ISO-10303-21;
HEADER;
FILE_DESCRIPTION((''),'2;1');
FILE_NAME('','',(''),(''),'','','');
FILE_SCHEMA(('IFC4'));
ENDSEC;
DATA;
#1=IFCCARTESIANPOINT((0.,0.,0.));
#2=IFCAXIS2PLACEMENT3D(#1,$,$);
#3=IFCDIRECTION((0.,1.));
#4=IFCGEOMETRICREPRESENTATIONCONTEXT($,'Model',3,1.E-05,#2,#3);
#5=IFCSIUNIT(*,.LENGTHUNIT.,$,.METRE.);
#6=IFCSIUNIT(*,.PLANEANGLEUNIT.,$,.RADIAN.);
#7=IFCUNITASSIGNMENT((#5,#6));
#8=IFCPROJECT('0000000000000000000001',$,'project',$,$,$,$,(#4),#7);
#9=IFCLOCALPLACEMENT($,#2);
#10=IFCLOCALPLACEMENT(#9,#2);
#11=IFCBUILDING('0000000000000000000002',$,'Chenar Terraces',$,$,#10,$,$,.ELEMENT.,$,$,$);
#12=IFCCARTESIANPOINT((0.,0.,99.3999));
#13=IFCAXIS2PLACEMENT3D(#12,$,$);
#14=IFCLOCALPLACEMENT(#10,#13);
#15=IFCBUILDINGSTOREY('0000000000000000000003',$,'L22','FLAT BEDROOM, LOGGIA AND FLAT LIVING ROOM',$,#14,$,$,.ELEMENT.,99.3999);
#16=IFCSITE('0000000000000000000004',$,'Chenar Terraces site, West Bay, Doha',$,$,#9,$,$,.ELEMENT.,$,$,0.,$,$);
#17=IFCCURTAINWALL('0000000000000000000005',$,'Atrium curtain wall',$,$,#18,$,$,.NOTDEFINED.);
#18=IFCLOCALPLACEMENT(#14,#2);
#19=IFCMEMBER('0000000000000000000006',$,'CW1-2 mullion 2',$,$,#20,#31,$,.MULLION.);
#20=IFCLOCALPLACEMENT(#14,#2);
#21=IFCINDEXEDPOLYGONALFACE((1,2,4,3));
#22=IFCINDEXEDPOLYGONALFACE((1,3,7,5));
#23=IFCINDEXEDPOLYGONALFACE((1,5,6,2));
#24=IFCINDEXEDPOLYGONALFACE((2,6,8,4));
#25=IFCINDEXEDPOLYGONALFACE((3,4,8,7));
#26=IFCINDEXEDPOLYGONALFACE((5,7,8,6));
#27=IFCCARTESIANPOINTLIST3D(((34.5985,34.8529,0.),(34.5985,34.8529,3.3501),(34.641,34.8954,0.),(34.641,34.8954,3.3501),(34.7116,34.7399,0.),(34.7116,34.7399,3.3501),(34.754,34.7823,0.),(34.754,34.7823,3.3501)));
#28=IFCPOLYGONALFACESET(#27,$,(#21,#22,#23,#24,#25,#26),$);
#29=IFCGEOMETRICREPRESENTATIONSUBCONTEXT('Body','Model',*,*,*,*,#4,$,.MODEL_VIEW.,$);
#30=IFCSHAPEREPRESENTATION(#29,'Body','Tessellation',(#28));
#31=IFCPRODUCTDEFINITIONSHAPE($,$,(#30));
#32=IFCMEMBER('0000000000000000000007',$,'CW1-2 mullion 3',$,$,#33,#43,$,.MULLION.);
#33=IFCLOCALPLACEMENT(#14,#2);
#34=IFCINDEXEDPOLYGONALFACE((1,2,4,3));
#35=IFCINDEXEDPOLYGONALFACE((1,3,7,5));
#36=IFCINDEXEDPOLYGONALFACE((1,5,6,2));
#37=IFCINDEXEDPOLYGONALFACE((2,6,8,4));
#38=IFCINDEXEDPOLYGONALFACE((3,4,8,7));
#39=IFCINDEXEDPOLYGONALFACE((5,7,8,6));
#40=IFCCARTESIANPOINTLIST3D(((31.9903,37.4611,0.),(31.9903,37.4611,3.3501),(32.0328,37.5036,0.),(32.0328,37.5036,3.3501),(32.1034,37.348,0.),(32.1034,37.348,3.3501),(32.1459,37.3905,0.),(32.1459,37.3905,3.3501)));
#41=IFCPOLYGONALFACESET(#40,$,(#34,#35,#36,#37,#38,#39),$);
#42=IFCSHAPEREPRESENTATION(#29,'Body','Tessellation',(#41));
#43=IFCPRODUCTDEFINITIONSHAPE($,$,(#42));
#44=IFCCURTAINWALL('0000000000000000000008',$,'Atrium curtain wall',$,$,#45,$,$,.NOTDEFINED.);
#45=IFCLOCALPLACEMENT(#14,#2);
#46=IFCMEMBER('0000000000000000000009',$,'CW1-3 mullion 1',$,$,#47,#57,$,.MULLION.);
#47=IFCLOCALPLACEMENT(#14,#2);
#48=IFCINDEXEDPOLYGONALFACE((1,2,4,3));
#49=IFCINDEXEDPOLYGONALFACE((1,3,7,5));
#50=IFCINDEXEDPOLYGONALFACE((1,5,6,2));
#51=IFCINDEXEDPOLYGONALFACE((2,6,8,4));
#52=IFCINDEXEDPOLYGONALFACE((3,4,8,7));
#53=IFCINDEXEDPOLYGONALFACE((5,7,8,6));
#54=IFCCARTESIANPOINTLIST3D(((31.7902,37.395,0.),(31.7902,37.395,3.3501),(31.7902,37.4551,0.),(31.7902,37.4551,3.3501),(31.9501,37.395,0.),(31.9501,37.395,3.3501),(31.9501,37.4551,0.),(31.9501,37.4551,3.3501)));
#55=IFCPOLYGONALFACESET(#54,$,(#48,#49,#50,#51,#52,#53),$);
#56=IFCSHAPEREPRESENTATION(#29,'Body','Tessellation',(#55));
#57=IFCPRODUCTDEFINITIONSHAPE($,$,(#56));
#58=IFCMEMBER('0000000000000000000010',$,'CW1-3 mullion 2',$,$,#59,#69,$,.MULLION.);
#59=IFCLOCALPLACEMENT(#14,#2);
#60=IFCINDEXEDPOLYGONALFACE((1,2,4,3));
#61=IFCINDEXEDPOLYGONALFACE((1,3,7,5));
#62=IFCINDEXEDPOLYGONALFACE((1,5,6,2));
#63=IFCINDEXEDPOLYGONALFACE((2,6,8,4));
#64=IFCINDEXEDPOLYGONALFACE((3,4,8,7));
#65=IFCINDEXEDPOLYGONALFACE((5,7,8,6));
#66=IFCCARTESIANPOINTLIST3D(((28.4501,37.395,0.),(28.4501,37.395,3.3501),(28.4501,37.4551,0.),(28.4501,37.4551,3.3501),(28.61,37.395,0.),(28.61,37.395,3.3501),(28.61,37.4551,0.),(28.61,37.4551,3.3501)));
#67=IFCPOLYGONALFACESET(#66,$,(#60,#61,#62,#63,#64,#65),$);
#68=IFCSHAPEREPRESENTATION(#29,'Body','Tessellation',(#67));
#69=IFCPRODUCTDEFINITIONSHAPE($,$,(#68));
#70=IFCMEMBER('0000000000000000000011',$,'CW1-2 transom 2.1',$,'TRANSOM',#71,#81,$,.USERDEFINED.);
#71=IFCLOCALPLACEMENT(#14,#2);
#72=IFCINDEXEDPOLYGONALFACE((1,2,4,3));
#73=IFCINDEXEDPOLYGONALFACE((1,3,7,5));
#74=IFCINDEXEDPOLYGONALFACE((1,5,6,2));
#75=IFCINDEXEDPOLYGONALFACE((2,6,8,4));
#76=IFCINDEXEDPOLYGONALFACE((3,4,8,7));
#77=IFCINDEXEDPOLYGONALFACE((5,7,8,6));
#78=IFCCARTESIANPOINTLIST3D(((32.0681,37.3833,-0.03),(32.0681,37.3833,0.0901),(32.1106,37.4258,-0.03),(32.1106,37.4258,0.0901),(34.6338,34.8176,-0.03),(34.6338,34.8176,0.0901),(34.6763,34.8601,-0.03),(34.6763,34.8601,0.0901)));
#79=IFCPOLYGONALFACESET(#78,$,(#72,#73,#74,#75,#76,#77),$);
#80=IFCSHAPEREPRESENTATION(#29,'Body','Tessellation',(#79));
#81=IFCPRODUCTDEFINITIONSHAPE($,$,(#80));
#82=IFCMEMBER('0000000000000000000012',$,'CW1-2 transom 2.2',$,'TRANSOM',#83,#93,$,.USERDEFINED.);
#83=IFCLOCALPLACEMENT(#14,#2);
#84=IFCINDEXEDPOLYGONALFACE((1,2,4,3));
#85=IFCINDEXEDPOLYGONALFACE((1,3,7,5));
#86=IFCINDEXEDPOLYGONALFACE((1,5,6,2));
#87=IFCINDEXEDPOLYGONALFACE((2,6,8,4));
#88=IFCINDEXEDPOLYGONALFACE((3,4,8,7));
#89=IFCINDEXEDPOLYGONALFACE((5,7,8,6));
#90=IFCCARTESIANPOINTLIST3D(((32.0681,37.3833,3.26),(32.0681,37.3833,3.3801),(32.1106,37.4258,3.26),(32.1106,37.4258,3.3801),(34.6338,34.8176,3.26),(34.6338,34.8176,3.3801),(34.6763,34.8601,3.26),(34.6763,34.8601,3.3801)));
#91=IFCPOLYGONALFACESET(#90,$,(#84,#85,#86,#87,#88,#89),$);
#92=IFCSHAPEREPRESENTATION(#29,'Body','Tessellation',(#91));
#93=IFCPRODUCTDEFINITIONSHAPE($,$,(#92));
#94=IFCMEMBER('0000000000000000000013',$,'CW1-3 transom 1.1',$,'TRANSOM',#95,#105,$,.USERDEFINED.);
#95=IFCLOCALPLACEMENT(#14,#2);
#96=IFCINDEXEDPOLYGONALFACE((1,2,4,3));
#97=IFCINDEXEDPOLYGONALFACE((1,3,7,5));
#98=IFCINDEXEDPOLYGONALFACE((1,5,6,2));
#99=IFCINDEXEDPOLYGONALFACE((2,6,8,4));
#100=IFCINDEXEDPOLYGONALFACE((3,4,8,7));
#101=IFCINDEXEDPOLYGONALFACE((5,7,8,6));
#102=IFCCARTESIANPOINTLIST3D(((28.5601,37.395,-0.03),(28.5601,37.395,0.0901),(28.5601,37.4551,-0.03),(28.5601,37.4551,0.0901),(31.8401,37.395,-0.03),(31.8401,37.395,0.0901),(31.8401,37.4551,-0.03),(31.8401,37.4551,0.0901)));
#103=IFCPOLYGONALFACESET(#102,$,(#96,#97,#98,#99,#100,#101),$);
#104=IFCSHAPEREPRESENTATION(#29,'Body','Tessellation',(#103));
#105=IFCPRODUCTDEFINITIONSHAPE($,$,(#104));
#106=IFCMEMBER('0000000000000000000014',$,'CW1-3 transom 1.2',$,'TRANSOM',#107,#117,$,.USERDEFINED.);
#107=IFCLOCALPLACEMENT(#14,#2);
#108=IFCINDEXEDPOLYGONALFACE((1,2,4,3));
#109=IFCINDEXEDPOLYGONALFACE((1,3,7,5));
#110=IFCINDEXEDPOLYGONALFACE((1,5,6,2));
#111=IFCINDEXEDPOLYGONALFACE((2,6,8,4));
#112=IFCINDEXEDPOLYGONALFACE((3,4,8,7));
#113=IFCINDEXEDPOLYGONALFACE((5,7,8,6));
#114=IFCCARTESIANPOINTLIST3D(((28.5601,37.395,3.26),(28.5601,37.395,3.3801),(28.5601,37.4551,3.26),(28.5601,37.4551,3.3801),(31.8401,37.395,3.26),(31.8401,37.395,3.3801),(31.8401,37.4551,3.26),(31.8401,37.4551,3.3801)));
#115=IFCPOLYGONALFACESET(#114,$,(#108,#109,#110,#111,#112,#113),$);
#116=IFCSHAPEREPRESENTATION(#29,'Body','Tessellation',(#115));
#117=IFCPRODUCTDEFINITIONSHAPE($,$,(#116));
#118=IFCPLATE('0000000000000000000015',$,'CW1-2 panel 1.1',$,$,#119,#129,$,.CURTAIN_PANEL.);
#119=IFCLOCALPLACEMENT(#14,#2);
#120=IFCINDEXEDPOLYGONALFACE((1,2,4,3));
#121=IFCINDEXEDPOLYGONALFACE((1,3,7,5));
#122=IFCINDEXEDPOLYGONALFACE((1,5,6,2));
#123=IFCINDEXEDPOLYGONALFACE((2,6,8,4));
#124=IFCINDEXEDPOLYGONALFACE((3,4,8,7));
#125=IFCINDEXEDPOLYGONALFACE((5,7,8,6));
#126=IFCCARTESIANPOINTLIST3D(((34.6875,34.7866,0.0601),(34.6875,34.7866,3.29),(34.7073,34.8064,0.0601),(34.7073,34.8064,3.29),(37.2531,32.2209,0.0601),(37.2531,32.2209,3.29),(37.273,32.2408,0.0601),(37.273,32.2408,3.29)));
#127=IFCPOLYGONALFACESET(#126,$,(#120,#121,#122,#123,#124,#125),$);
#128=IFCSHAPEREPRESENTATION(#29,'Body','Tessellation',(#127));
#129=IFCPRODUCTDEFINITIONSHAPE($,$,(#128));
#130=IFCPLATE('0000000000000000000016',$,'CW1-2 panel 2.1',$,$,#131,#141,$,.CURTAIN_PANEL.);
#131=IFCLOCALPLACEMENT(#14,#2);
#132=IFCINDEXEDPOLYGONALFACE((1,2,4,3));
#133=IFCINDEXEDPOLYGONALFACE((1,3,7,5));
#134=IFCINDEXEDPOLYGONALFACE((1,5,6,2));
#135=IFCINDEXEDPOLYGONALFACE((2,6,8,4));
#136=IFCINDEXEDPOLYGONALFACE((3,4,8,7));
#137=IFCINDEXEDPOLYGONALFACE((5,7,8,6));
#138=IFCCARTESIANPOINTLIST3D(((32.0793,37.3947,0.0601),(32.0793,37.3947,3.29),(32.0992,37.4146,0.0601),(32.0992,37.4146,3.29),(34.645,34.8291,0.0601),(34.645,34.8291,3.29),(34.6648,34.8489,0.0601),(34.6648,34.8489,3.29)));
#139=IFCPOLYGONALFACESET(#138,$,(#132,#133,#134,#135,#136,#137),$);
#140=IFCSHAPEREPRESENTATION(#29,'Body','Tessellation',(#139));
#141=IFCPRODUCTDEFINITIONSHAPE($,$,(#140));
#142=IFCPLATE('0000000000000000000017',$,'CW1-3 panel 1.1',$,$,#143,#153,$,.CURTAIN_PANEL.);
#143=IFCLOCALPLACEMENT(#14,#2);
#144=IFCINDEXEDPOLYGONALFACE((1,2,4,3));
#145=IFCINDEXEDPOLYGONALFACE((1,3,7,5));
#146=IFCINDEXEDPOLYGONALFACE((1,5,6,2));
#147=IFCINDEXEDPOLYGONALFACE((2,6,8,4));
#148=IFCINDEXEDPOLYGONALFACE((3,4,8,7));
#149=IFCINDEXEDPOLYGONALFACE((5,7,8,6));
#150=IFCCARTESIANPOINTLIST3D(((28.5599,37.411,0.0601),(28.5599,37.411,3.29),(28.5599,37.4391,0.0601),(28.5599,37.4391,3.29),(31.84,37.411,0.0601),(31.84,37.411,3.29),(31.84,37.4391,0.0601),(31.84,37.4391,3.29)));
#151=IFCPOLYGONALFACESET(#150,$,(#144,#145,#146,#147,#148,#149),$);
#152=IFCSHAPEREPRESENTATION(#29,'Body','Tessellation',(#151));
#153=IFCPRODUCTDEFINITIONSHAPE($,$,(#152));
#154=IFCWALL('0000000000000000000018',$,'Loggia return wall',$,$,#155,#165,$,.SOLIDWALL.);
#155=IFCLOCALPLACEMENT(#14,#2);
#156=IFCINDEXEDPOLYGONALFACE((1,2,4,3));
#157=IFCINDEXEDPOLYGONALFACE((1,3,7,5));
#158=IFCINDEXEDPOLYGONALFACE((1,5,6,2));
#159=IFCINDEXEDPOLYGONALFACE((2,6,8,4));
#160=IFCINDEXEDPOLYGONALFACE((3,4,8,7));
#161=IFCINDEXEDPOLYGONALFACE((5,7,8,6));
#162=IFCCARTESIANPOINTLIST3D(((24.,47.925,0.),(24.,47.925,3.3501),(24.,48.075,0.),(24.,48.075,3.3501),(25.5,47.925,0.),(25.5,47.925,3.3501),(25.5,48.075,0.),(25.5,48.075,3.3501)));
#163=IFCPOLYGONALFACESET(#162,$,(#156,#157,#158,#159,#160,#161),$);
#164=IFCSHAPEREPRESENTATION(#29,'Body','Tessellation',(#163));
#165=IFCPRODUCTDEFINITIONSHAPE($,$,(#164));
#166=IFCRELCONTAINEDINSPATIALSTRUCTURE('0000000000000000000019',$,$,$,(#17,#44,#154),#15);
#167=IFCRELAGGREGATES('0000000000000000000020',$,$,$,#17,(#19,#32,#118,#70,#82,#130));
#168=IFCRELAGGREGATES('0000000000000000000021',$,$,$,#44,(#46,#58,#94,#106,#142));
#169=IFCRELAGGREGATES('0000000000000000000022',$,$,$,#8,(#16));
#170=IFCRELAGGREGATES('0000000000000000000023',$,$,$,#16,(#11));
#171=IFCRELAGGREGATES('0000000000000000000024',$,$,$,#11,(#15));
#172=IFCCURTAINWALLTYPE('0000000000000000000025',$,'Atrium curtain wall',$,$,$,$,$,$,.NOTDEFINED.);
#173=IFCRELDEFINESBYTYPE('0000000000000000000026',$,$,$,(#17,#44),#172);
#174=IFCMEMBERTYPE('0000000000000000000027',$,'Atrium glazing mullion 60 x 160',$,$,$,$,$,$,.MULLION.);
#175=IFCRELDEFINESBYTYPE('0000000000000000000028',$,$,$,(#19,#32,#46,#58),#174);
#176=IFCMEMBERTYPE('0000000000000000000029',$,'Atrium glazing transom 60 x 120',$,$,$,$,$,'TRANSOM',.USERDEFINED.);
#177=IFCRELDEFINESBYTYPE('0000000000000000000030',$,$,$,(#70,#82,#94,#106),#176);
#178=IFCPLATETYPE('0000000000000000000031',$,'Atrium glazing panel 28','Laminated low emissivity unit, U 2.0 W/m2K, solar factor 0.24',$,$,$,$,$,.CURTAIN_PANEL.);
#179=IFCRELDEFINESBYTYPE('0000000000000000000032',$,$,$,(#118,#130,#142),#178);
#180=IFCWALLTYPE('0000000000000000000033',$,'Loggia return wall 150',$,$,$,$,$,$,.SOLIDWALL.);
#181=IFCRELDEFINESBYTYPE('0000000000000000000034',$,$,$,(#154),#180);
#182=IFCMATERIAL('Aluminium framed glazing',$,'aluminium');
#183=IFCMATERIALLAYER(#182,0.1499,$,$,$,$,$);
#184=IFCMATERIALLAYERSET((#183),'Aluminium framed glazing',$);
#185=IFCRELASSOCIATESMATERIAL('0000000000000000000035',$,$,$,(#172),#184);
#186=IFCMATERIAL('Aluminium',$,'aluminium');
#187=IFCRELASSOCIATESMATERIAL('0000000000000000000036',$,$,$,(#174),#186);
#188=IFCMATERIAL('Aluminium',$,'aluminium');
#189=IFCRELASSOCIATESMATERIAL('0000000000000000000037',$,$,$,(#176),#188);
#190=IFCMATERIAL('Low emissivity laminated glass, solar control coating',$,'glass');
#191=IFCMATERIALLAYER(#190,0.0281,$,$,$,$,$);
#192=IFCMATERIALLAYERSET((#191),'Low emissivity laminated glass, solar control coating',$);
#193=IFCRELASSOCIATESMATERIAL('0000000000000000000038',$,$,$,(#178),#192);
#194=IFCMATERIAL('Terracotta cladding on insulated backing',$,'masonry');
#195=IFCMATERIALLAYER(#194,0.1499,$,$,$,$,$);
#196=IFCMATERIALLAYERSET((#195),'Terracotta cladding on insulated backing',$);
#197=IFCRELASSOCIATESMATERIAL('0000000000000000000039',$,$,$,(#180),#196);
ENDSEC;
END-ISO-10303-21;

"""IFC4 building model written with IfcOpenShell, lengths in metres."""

from ifc_helpers import new_model, si_unit, direction, frame, frame_2d, origin, origin_2d, place, context, subcontext, project, spatial, rectangle, extrude, material, layer, layer_set, material_profile, profile_set, type_object, element, aggregate, save


model = new_model("IFC4")

# Units and contexts
model_context = context("Model", 3, precision=1e-05, world=origin(), true_north=direction((0.0, 1.0)))
body_context = subcontext(model_context, "Body", "Model", "MODEL_VIEW")
ifc_project = project(units=[si_unit("LENGTHUNIT", "METRE"), si_unit("PLANEANGLEUNIT", "RADIAN")], contexts=[model_context])

# Site, building, storey
site_placement = place(None, origin())
site = spatial("IfcSite", under=ifc_project, at=site_placement, Name="Chenar Terraces site, West Bay, Doha", CompositionType="ELEMENT", RefElevation=0.0)
building_placement = place(site_placement, origin())
building = spatial("IfcBuilding", under=site, at=building_placement, Name="Chenar Terraces", CompositionType="ELEMENT")
storey_placement = place(building_placement, frame((0.0, 0.0, 99.3999)))
storey = spatial("IfcBuildingStorey", under=building, at=storey_placement, Name="L22", Description="FLAT BEDROOM, LOGGIA AND FLAT LIVING ROOM", CompositionType="ELEMENT", Elevation=99.3999)

# Curtain walls, members
ifc_material_1 = material(Name="Aluminium framed glazing", Category="aluminium")
ifc_layer_1 = layer(ifc_material_1, 0.1499)
ifc_layer_set_1 = layer_set([ifc_layer_1], Name="Aluminium framed glazing")
curtain_wall_type = type_object("IfcCurtainWallType", Name="Atrium curtain wall", PredefinedType="NOTDEFINED", material=ifc_layer_set_1)
placement = place(storey_placement, origin())
curtain_wall_1 = element("IfcCurtainWall", 1, at=placement, inside=storey, type_object=curtain_wall_type, Name="Atrium curtain wall", PredefinedType="NOTDEFINED")
ifc_material_2 = material(Name="Aluminium", Category="aluminium")
ifc_material_profile_1 = material_profile(ifc_material_2, rectangle(XDim=0.0601, YDim=0.1599, at=origin_2d()), Name="Atrium glazing mullion 60 x 160")
ifc_profile_set_1 = profile_set([ifc_material_profile_1], Name="Aluminium")
member_type_1 = type_object("IfcMemberType", Name="Atrium glazing mullion 60 x 160", PredefinedType="MULLION", material=ifc_profile_set_1)
member_1_placement = place(storey_placement, frame((34.6763, 34.8176, 0.0), z_axis=(0.0, 0.0, 1.0), x_axis=(-0.707107, -0.707107, 0.0)))
member_1 = element("IfcMember", 2, at=member_1_placement, type_object=member_type_1, Name="CW1-2 mullion 2", PredefinedType="MULLION", context=body_context, shape_type="SweptSolid", body=[
    extrude(rectangle(XDim=0.0601, YDim=0.1599, at=origin_2d()), origin(), (0.0, 0.0, 1.0), 3.3501),
])
member_2_placement = place(storey_placement, frame((32.0681, 37.4258, 0.0), z_axis=(0.0, 0.0, 1.0), x_axis=(-0.707107, -0.707107, 0.0)))
member_2 = element("IfcMember", 3, at=member_2_placement, type_object=member_type_1, Name="CW1-2 mullion 3", PredefinedType="MULLION", context=body_context, shape_type="SweptSolid", body=[
    extrude(rectangle(XDim=0.0601, YDim=0.1599, at=origin_2d()), origin(), (0.0, 0.0, 1.0), 3.3501),
])
curtain_wall_2 = element("IfcCurtainWall", 4, at=placement, inside=storey, type_object=curtain_wall_type, Name="Atrium curtain wall", PredefinedType="NOTDEFINED")
member_3_placement = place(storey_placement, frame((31.8701, 37.425, 0.0), z_axis=(0.0, 0.0, 1.0), x_axis=(0.0, -1.0, 0.0)))
member_3 = element("IfcMember", 5, at=member_3_placement, type_object=member_type_1, Name="CW1-3 mullion 1", PredefinedType="MULLION", context=body_context, shape_type="SweptSolid", body=[
    extrude(rectangle(XDim=0.0601, YDim=0.1599, at=origin_2d()), origin(), (0.0, 0.0, 1.0), 3.3501),
])
member_4_placement = place(storey_placement, frame((28.53, 37.425, 0.0), z_axis=(0.0, 0.0, 1.0), x_axis=(0.0, -1.0, 0.0)))
member_4 = element("IfcMember", 6, at=member_4_placement, type_object=member_type_1, Name="CW1-3 mullion 2", PredefinedType="MULLION", context=body_context, shape_type="SweptSolid", body=[
    extrude(rectangle(XDim=0.0601, YDim=0.1599, at=origin_2d()), origin(), (0.0, 0.0, 1.0), 3.3501),
])

# Members
ifc_material_3 = material(Name="Aluminium", Category="aluminium")
ifc_material_profile_2 = material_profile(ifc_material_3, rectangle(XDim=0.0601, YDim=0.1201, at=origin_2d()), Name="Atrium glazing transom 60 x 120")
ifc_profile_set_2 = profile_set([ifc_material_profile_2], Name="Aluminium")
member_type_2 = type_object("IfcMemberType", Name="Atrium glazing transom 60 x 120", ElementType="TRANSOM", PredefinedType="USERDEFINED", material=ifc_profile_set_2)
member_5_placement = place(storey_placement, frame((34.655, 34.8389, 0.03), z_axis=(-0.707107, 0.707107, 0.0), x_axis=(-0.707107, -0.707107, 0.0)))
member_5 = element("IfcMember", 7, at=member_5_placement, type_object=member_type_2, Name="CW1-2 transom 2.1", ObjectType="TRANSOM", PredefinedType="USERDEFINED", context=body_context, shape_type="SweptSolid", body=[
    extrude(rectangle(XDim=0.0601, YDim=0.1201, at=origin_2d()), origin(), (0.0, 0.0, 1.0), 3.6284),
])
member_6_placement = place(storey_placement, frame((34.655, 34.8389, 3.3201), z_axis=(-0.707107, 0.707107, 0.0), x_axis=(-0.707107, -0.707107, 0.0)))
member_6 = element("IfcMember", 8, at=member_6_placement, type_object=member_type_2, Name="CW1-2 transom 2.2", ObjectType="TRANSOM", PredefinedType="USERDEFINED", context=body_context, shape_type="SweptSolid", body=[
    extrude(rectangle(XDim=0.0601, YDim=0.1201, at=origin_2d()), origin(), (0.0, 0.0, 1.0), 3.6284),
])
member_7_placement = place(storey_placement, frame((31.8401, 37.425, 0.03), z_axis=(-1.0, 0.0, 0.0), x_axis=(0.0, -1.0, 0.0)))
member_7 = element("IfcMember", 9, at=member_7_placement, type_object=member_type_2, Name="CW1-3 transom 1.1", ObjectType="TRANSOM", PredefinedType="USERDEFINED", context=body_context, shape_type="SweptSolid", body=[
    extrude(rectangle(XDim=0.0601, YDim=0.1201, at=origin_2d()), origin(), (0.0, 0.0, 1.0), 3.28),
])
member_8_placement = place(storey_placement, frame((31.8401, 37.425, 3.3201), z_axis=(-1.0, 0.0, 0.0), x_axis=(0.0, -1.0, 0.0)))
member_8 = element("IfcMember", 10, at=member_8_placement, type_object=member_type_2, Name="CW1-3 transom 1.2", ObjectType="TRANSOM", PredefinedType="USERDEFINED", context=body_context, shape_type="SweptSolid", body=[
    extrude(rectangle(XDim=0.0601, YDim=0.1201, at=origin_2d()), origin(), (0.0, 0.0, 1.0), 3.28),
])

# Plates
ifc_material_4 = material(Name="Low emissivity laminated glass, solar control coating", Category="glass")
ifc_layer_2 = layer(ifc_material_4, 0.0281)
ifc_layer_set_2 = layer_set([ifc_layer_2], Name="Low emissivity laminated glass, solar control coating")
plate_type = type_object("IfcPlateType", Name="Atrium glazing panel 28", Description="Laminated low emissivity unit, U 2.0 W/m2K, solar factor 0.24", PredefinedType="CURTAIN_PANEL", material=ifc_layer_set_2)
plate_1_placement = place(storey_placement, frame((35.9802, 33.5137, 0.0601), z_axis=(0.0, 0.0, 1.0), x_axis=(-0.707107, 0.707107, 0.0)))
plate_1 = element("IfcPlate", 11, at=plate_1_placement, type_object=plate_type, Name="CW1-2 panel 1.1", PredefinedType="CURTAIN_PANEL", context=body_context, shape_type="SweptSolid", body=[
    extrude(rectangle(XDim=3.6284, YDim=0.0281, at=origin_2d()), origin(), (0.0, 0.0, 1.0), 3.23),
])
plate_2_placement = place(storey_placement, frame((33.3721, 36.1218, 0.0601), z_axis=(0.0, 0.0, 1.0), x_axis=(-0.707107, 0.707107, 0.0)))
plate_2 = element("IfcPlate", 12, at=plate_2_placement, type_object=plate_type, Name="CW1-2 panel 2.1", PredefinedType="CURTAIN_PANEL", context=body_context, shape_type="SweptSolid", body=[
    extrude(rectangle(XDim=3.6284, YDim=0.0281, at=origin_2d()), origin(), (0.0, 0.0, 1.0), 3.23),
])
aggregate(curtain_wall_1, [member_1, member_2, plate_1, member_5, member_6, plate_2])
plate_3_placement = place(storey_placement, frame((30.2, 37.425, 0.0601), z_axis=(0.0, 0.0, 1.0), x_axis=(-1.0, 0.0, 0.0)))
plate_3 = element("IfcPlate", 13, at=plate_3_placement, type_object=plate_type, Name="CW1-3 panel 1.1", PredefinedType="CURTAIN_PANEL", context=body_context, shape_type="SweptSolid", body=[
    extrude(rectangle(XDim=3.28, YDim=0.0281, at=origin_2d()), origin(), (0.0, 0.0, 1.0), 3.23),
])
aggregate(curtain_wall_2, [member_3, member_4, member_7, member_8, plate_3])

# Wall
ifc_material_5 = material(Name="Terracotta cladding on insulated backing", Category="masonry")
ifc_layer_3 = layer(ifc_material_5, 0.1499)
ifc_layer_set_3 = layer_set([ifc_layer_3], Name="Terracotta cladding on insulated backing")
wall_type_1 = type_object("IfcWallType", Name="Loggia return wall 150", PredefinedType="SOLIDWALL", material=ifc_layer_set_3)
wall_1_placement = place(storey_placement, frame((25.5, 48.0, 0.0), z_axis=(0.0, 0.0, 1.0), x_axis=(-1.0, 0.0, 0.0)))
element("IfcWall", 14, at=wall_1_placement, inside=storey, type_object=wall_type_1, Name="Loggia return wall", PredefinedType="SOLIDWALL", context=body_context, shape_type="SweptSolid", body=[
    extrude(rectangle(XDim=1.5, YDim=0.1499, at=frame_2d((0.75, 0.0))), origin(), (0.0, 0.0, 1.0), 3.3501),
])

save(model, "model.ifc")
